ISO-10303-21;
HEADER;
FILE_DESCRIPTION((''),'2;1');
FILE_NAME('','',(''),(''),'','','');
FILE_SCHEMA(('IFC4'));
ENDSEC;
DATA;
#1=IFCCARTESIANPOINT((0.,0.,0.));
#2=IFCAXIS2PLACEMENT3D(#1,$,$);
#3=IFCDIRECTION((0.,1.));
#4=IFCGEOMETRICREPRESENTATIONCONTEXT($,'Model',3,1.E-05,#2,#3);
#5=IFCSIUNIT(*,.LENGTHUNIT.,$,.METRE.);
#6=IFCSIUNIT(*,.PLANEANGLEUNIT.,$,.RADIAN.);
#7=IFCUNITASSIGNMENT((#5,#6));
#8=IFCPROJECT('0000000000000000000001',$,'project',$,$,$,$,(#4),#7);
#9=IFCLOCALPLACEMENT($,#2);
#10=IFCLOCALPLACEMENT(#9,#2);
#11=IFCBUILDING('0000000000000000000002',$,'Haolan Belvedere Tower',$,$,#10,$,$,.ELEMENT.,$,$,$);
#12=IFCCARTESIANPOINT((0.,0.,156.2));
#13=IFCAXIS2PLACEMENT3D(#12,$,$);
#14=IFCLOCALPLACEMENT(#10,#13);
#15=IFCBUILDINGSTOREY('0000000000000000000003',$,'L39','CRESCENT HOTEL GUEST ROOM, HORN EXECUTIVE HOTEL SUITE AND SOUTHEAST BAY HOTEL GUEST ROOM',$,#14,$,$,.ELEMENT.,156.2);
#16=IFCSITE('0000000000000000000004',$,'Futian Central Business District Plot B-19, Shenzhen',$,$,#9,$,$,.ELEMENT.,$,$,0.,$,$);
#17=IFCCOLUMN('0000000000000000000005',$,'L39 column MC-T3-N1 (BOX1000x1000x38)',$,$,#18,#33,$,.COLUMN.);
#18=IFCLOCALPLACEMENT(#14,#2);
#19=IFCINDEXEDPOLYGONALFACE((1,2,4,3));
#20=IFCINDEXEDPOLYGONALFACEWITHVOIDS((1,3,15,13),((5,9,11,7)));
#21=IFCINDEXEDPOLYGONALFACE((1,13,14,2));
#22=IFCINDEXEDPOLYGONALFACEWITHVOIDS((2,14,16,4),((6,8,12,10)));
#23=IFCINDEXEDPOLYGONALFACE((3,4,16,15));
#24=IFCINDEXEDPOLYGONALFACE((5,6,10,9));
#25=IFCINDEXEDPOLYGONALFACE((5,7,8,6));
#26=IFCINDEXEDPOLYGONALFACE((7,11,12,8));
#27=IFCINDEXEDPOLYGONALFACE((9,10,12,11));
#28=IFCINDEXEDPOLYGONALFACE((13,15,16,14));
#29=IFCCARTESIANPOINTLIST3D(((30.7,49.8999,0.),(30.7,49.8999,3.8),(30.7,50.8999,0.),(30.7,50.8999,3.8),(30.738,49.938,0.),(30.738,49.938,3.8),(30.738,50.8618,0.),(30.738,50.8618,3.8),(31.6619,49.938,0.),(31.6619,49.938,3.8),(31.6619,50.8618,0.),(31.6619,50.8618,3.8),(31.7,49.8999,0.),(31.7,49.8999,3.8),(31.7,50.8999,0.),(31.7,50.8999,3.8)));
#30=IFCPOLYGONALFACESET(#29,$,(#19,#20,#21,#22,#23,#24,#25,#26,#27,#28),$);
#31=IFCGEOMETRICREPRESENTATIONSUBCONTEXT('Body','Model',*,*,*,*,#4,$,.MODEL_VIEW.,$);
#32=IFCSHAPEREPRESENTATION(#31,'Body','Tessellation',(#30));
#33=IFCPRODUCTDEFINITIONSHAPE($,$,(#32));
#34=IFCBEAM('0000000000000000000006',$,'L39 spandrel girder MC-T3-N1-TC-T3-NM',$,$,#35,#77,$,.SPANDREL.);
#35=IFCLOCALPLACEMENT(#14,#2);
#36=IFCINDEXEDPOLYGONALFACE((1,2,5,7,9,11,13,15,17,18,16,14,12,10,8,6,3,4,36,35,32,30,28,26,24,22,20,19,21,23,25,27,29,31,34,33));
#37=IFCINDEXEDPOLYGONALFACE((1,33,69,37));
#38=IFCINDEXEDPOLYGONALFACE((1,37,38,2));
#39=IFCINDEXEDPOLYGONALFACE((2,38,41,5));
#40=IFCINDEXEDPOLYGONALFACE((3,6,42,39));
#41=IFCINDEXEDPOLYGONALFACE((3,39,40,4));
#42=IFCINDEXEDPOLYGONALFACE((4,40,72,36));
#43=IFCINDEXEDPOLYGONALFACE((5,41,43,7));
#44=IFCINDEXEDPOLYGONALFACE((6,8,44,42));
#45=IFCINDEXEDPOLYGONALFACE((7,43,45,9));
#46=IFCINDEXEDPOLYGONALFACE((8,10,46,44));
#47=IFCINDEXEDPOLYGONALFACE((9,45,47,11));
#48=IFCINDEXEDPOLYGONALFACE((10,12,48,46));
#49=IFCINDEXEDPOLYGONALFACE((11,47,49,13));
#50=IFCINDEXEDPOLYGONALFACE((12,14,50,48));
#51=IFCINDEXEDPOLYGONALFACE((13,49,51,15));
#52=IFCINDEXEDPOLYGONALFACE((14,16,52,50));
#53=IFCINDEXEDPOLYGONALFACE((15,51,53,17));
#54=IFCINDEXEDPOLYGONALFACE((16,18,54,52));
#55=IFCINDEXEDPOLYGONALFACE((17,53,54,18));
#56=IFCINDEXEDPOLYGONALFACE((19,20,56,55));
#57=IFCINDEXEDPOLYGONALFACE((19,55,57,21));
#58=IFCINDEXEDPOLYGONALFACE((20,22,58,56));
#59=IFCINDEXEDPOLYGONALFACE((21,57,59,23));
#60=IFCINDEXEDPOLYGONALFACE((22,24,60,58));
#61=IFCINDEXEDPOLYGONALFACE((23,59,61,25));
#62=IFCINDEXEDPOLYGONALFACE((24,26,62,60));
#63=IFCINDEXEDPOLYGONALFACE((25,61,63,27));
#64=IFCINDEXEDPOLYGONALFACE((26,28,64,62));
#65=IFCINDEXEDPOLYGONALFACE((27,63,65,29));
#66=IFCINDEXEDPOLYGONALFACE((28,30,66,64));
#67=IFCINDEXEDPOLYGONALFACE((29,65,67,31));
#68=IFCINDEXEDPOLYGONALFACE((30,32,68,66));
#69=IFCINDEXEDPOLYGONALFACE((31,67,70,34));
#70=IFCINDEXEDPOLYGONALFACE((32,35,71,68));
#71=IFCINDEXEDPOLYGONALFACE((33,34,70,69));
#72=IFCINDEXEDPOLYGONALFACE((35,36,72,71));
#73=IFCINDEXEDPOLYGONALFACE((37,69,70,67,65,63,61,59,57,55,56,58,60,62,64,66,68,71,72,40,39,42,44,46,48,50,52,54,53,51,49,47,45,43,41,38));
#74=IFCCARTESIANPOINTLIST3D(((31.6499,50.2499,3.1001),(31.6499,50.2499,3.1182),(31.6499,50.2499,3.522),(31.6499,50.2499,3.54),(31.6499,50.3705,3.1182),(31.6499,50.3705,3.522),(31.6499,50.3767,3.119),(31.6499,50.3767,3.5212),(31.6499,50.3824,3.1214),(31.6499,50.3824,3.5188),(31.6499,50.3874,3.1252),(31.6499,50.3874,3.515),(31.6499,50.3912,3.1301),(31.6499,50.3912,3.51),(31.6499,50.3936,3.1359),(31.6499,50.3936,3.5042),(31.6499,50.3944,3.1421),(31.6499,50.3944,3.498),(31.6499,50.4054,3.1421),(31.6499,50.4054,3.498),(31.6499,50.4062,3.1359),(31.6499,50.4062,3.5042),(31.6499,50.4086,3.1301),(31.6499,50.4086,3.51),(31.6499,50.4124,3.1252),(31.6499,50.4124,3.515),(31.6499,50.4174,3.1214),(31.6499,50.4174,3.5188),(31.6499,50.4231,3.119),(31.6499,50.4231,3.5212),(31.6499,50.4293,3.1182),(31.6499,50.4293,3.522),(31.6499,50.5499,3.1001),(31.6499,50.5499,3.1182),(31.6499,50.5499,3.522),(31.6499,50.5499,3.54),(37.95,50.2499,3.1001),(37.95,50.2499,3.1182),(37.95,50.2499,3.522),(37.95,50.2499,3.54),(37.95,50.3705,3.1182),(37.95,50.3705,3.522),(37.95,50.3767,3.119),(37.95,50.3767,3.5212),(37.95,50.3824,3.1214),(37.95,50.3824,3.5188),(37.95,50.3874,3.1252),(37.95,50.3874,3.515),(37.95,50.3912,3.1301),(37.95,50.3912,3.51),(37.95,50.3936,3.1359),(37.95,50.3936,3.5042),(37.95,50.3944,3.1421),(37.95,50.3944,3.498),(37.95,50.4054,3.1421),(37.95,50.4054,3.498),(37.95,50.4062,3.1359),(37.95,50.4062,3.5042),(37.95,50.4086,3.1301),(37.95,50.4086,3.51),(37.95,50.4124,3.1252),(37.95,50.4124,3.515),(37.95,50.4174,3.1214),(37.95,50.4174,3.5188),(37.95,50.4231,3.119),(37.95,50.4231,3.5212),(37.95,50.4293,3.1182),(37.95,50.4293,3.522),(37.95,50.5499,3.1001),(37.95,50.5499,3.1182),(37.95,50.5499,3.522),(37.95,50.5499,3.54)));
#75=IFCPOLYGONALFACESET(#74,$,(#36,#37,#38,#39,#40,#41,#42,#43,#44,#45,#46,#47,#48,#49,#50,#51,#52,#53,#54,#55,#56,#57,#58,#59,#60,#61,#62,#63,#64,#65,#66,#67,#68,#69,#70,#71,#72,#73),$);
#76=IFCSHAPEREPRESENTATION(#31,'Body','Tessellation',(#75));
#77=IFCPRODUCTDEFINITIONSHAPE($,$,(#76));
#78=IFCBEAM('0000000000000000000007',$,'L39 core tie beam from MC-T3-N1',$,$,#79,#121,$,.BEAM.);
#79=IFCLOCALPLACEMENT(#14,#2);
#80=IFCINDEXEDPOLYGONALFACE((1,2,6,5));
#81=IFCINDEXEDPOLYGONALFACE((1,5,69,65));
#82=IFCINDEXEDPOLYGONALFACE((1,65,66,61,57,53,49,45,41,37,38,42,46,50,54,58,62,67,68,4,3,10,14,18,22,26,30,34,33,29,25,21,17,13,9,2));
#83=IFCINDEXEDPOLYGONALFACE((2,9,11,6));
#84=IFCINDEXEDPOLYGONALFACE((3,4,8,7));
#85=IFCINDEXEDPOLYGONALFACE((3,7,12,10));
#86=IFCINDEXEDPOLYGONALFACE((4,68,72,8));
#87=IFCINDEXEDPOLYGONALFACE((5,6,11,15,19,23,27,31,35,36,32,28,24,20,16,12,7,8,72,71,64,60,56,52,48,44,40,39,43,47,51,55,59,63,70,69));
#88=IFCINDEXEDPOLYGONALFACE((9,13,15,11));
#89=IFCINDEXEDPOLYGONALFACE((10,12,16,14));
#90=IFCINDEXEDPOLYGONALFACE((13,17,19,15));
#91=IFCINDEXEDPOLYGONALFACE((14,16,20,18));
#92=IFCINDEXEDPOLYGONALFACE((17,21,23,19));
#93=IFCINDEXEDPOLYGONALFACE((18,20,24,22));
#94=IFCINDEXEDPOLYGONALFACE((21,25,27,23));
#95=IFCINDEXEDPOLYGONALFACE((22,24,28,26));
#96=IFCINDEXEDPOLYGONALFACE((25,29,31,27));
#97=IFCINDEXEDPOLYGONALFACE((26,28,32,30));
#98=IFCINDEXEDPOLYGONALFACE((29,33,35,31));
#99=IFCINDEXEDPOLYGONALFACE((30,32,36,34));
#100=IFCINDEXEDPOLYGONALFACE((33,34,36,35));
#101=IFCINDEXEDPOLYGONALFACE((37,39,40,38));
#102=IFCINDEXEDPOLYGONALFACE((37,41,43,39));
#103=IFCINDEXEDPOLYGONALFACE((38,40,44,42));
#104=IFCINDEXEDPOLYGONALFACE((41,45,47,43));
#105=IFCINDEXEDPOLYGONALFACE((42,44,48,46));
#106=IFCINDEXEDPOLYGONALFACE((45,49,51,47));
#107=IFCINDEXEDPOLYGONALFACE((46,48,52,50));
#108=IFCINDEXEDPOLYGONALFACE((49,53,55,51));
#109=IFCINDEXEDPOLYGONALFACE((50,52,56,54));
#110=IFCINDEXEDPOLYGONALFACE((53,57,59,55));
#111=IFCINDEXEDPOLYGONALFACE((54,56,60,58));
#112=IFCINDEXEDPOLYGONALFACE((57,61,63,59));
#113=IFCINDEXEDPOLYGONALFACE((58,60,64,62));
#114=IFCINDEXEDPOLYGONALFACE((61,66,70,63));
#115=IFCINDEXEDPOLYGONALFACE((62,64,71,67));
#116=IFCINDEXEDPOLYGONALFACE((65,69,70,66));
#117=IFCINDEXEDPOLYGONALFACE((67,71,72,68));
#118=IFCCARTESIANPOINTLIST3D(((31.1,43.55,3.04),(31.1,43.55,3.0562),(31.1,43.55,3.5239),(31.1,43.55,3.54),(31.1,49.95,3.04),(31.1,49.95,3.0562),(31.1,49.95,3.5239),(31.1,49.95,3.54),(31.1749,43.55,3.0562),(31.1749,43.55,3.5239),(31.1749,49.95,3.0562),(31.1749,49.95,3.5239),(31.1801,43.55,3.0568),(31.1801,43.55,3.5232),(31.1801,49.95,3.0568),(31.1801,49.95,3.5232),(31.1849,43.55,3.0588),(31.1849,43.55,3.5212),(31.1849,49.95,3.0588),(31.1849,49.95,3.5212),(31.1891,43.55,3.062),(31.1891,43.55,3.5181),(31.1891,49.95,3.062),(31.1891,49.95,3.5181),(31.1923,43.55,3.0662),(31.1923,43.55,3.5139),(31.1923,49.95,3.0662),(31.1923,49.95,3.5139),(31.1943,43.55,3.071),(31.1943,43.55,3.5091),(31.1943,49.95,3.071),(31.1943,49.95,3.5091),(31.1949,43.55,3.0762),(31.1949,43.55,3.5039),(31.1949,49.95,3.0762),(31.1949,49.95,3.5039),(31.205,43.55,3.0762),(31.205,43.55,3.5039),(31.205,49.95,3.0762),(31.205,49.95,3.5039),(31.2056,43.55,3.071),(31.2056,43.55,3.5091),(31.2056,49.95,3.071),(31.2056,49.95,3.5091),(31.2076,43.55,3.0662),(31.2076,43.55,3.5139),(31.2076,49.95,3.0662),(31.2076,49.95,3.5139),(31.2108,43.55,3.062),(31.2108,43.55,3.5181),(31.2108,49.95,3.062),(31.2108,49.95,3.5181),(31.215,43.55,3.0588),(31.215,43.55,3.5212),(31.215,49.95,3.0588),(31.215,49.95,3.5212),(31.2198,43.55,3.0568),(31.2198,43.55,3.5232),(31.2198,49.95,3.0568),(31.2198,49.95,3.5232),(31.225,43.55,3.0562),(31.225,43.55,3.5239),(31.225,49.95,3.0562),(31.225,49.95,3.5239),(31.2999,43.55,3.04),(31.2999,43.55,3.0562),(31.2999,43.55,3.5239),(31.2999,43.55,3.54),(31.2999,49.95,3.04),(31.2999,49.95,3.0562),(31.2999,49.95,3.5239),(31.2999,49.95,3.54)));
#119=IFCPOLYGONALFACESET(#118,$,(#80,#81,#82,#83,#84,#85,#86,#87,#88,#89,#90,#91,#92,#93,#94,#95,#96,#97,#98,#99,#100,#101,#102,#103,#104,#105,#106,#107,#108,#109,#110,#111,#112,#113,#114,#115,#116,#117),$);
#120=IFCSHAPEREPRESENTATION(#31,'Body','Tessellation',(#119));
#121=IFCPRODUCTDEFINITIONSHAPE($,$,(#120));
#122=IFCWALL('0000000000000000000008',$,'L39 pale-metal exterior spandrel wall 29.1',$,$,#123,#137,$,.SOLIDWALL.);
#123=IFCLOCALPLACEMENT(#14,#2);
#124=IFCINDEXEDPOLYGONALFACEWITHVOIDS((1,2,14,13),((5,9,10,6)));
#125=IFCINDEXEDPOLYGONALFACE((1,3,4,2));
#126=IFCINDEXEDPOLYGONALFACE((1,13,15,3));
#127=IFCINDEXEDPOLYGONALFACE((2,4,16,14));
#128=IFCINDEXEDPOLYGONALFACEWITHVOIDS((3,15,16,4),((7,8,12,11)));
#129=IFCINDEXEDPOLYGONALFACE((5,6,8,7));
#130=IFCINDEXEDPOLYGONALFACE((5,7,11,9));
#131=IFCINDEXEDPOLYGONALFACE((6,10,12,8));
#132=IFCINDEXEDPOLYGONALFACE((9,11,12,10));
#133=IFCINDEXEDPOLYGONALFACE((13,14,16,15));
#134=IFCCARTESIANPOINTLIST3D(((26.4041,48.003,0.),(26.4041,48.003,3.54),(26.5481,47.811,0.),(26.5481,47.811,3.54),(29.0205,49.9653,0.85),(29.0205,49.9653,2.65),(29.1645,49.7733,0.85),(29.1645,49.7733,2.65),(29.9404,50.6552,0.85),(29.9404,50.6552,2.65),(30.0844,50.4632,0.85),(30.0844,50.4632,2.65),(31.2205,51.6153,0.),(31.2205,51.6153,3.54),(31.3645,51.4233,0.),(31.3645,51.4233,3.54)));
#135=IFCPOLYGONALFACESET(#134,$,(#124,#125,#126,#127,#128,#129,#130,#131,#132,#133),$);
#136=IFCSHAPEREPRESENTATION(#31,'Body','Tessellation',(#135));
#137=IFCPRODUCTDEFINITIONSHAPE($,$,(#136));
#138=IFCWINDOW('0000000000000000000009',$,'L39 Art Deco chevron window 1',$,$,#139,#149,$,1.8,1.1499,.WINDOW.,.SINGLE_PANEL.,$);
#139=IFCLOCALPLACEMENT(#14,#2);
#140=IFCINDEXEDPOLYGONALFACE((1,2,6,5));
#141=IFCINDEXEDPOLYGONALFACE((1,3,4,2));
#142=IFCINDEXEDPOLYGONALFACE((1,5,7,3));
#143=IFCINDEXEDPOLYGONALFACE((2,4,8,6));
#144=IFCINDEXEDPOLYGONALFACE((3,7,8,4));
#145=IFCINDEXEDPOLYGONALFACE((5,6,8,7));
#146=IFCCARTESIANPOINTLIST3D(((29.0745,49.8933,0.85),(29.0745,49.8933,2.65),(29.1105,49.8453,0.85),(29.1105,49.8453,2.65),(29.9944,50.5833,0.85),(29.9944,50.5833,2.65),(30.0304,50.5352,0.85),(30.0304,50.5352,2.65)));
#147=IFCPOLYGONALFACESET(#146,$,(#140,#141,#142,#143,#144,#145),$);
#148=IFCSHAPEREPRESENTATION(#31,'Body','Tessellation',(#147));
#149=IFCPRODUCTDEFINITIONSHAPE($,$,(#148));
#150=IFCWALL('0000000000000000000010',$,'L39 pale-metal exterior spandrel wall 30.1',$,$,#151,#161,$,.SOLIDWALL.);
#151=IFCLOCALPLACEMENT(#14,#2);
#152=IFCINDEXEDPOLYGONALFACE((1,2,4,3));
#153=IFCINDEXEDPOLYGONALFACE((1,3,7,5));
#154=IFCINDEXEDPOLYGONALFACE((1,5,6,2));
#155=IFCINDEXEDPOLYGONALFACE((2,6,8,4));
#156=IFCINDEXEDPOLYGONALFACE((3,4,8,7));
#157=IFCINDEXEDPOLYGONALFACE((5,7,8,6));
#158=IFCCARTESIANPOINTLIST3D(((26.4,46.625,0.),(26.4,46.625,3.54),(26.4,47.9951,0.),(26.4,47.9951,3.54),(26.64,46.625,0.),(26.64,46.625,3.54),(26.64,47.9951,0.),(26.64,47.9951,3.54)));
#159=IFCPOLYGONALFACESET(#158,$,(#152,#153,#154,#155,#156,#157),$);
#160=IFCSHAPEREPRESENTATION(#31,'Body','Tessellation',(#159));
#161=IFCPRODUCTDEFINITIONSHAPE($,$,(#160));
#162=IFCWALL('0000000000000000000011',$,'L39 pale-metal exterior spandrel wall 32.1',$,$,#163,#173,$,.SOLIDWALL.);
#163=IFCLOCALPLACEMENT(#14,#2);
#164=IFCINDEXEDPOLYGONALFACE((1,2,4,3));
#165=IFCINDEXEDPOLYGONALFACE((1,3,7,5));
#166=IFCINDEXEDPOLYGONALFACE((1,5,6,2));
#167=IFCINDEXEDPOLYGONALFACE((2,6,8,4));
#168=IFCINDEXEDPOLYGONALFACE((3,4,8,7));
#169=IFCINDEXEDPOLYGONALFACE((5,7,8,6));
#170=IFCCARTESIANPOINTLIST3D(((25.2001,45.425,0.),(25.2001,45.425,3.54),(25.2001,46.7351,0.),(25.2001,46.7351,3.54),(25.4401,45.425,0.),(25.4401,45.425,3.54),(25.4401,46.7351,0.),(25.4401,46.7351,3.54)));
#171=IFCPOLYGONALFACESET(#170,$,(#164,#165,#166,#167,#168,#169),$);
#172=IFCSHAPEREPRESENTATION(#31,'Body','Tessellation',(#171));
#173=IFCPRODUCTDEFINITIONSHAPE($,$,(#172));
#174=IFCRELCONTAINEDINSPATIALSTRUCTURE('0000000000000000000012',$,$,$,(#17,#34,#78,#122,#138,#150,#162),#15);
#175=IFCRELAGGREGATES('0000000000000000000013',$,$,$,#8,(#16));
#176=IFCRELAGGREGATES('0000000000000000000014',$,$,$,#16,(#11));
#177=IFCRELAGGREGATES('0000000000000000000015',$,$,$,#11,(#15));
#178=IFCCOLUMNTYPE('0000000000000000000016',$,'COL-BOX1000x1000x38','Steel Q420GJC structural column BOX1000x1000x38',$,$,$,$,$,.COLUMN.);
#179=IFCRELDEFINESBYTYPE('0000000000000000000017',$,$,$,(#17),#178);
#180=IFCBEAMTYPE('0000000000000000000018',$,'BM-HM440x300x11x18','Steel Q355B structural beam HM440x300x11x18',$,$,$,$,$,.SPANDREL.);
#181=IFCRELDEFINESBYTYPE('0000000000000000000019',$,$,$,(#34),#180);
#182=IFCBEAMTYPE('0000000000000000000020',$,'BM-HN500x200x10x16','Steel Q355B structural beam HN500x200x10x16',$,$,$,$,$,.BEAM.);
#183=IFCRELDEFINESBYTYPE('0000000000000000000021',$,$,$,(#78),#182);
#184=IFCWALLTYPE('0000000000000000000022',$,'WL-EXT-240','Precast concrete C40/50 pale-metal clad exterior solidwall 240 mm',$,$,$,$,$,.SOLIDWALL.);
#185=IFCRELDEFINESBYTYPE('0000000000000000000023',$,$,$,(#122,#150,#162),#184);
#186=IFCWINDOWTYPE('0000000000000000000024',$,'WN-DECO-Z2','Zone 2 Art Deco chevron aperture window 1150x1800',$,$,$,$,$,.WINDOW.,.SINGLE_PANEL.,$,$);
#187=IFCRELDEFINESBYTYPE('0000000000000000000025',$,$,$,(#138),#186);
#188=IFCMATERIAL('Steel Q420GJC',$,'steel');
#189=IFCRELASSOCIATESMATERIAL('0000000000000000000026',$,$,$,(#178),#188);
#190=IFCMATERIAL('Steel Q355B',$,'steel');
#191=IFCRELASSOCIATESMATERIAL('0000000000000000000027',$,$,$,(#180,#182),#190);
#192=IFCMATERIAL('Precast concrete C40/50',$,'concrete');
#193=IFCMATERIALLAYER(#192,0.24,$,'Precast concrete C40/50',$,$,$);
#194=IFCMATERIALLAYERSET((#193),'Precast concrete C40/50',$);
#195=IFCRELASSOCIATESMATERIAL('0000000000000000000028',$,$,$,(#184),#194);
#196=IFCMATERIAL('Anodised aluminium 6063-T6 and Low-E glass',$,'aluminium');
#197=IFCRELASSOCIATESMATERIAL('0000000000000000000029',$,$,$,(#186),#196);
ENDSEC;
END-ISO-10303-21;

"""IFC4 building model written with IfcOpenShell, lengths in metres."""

from ifc_helpers import new_model, si_unit, direction, frame, frame_2d, origin, origin_2d, place, context, subcontext, project, spatial, rectangle, hollow_rectangle, i_section, extrude, material, layer, layer_set, material_profile, profile_set, type_object, element, fill, save


model = new_model("IFC4")

# Units and contexts
model_context = context("Model", 3, precision=1e-05, world=origin(), true_north=direction((0.0, 1.0)))
body_context = subcontext(model_context, "Body", "Model", "MODEL_VIEW")
ifc_project = project(units=[si_unit("LENGTHUNIT", "METRE"), si_unit("PLANEANGLEUNIT", "RADIAN")], contexts=[model_context])

# Site, building, storey
site_placement = place(None, origin())
site = spatial("IfcSite", under=ifc_project, at=site_placement, Name="Futian Central Business District Plot B-19, Shenzhen", CompositionType="ELEMENT", RefElevation=0.0)
building_placement = place(site_placement, origin())
building = spatial("IfcBuilding", under=site, at=building_placement, Name="Haolan Belvedere Tower", CompositionType="ELEMENT")
storey_placement = place(building_placement, frame((0.0, 0.0, 156.2)))
storey = spatial("IfcBuildingStorey", under=building, at=storey_placement, Name="L39", Description="CRESCENT HOTEL GUEST ROOM, HORN EXECUTIVE HOTEL SUITE AND SOUTHEAST BAY HOTEL GUEST ROOM", CompositionType="ELEMENT", Elevation=156.2)

# Column
ifc_material_1 = material(Name="Steel Q420GJC", Category="steel")
ifc_material_profile_1 = material_profile(ifc_material_1, hollow_rectangle(XDim=1.0, YDim=1.0, WallThickness=0.0381, at=origin_2d()), Name="Steel Q420GJC")
ifc_profile_set_1 = profile_set([ifc_material_profile_1], Name="Steel Q420GJC")
column_type = type_object("IfcColumnType", Name="COL-BOX1000x1000x38", Description="Steel Q420GJC structural column BOX1000x1000x38", PredefinedType="COLUMN", material=ifc_profile_set_1)
column_placement = place(storey_placement, frame((31.2, 50.3999, 0.0), z_axis=(0.0, 0.0, 1.0), x_axis=(1.0, 0.0, 0.0)))
element("IfcColumn", 1, at=column_placement, inside=storey, type_object=column_type, Name="L39 column MC-T3-N1 (BOX1000x1000x38)", PredefinedType="COLUMN", context=body_context, shape_type="SweptSolid", body=[
    extrude(hollow_rectangle(XDim=1.0, YDim=1.0, WallThickness=0.0381, at=origin_2d()), origin(), (0.0, 0.0, 1.0), 3.8),
])

# Beams
ifc_material_2 = material(Name="Steel Q355B", Category="steel")
ifc_material_profile_2 = material_profile(ifc_material_2, i_section(OverallWidth=0.3, OverallDepth=0.4399, WebThickness=0.011, FlangeThickness=0.0181, FilletRadius=0.0239, at=origin_2d()), Name="Steel Q355B")
ifc_profile_set_2 = profile_set([ifc_material_profile_2], Name="Steel Q355B")
beam_type_1 = type_object("IfcBeamType", Name="BM-HM440x300x11x18", Description="Steel Q355B structural beam HM440x300x11x18", PredefinedType="SPANDREL", material=ifc_profile_set_2)
beam_1_placement = place(storey_placement, frame((31.6499, 50.3999, 3.3201), z_axis=(1.0, 0.0, 0.0), x_axis=(0.0, 1.0, 0.0)))
element("IfcBeam", 2, at=beam_1_placement, inside=storey, type_object=beam_type_1, Name="L39 spandrel girder MC-T3-N1-TC-T3-NM", PredefinedType="SPANDREL", context=body_context, shape_type="SweptSolid", body=[
    extrude(i_section(OverallWidth=0.3, OverallDepth=0.4399, WebThickness=0.011, FlangeThickness=0.0181, FilletRadius=0.0239, at=origin_2d()), origin(), (0.0, 0.0, 1.0), 6.3),
])
ifc_material_profile_3 = material_profile(ifc_material_2, i_section(OverallWidth=0.2, OverallDepth=0.5, WebThickness=0.01, FlangeThickness=0.0161, FilletRadius=0.02, at=origin_2d()), Name="Steel Q355B")
ifc_profile_set_3 = profile_set([ifc_material_profile_3], Name="Steel Q355B")
beam_type_2 = type_object("IfcBeamType", Name="BM-HN500x200x10x16", Description="Steel Q355B structural beam HN500x200x10x16", PredefinedType="BEAM", material=ifc_profile_set_3)
beam_2_placement = place(storey_placement, frame((31.2, 49.95, 3.29), z_axis=(0.0, -1.0, 0.0), x_axis=(1.0, 0.0, 0.0)))
element("IfcBeam", 3, at=beam_2_placement, inside=storey, type_object=beam_type_2, Name="L39 core tie beam from MC-T3-N1", PredefinedType="BEAM", context=body_context, shape_type="SweptSolid", body=[
    extrude(i_section(OverallWidth=0.2, OverallDepth=0.5, WebThickness=0.01, FlangeThickness=0.0161, FilletRadius=0.02, at=origin_2d()), origin(), (0.0, 0.0, 1.0), 6.3999),
])

# Wall, opening, window
ifc_material_3 = material(Name="Precast concrete C40/50", Category="concrete")
ifc_layer_1 = layer(ifc_material_3, 0.24, Name="Precast concrete C40/50")
ifc_layer_set_1 = layer_set([ifc_layer_1], Name="Precast concrete C40/50")
wall_type_1 = type_object("IfcWallType", Name="WL-EXT-240", Description="Precast concrete C40/50 pale-metal clad exterior solidwall 240 mm", PredefinedType="SOLIDWALL", material=ifc_layer_set_1)
wall_1_placement = place(storey_placement, frame((31.2925, 51.5193, 0.0), z_axis=(0.0, 0.0, 1.0), x_axis=(-0.8, -0.6, 0.0)))
wall_1 = element("IfcWall", 4, at=wall_1_placement, inside=storey, type_object=wall_type_1, Name="L39 pale-metal exterior spandrel wall 29.1", PredefinedType="SOLIDWALL", context=body_context, shape_type="SweptSolid", body=[
    extrude(rectangle(XDim=6.0205, YDim=0.24, at=frame_2d((3.0103, 0.0))), origin(), (0.0, 0.0, 1.0), 3.54),
])
opening_1_placement = place(wall_1_placement, frame((1.6001, 0.0, 0.8501)))
opening_1 = element("IfcOpeningElement", 5, at=opening_1_placement, cuts=wall_1, PredefinedType="OPENING", context=body_context, shape_type="SweptSolid", body=[
    extrude(rectangle(XDim=1.1499, YDim=1.8, at=frame_2d((0.575, 0.8999))), frame((0.0, 0.1299, 0.0), z_axis=(0.0, -1.0, 0.0), x_axis=(1.0, 0.0, 0.0)), (0.0, 0.0, 1.0), 0.26),
])
ifc_material_4 = material(Name="Anodised aluminium 6063-T6 and Low-E glass", Category="aluminium")
window_type = type_object("IfcWindowType", Name="WN-DECO-Z2", Description="Zone 2 Art Deco chevron aperture window 1150x1800", PartitioningType="SINGLE_PANEL", PredefinedType="WINDOW", material=ifc_material_4)
window_placement = place(opening_1_placement, origin())
window = element("IfcWindow", 6, at=window_placement, inside=storey, type_object=window_type, Name="L39 Art Deco chevron window 1", OverallHeight=1.8, OverallWidth=1.1499, PartitioningType="SINGLE_PANEL", PredefinedType="WINDOW", context=body_context, shape_type="SweptSolid", body=[
    extrude(rectangle(XDim=1.1499, YDim=1.8, at=frame_2d((0.575, 0.8999))), frame((0.0, 0.03, 0.0), z_axis=(0.0, -1.0, 0.0), x_axis=(1.0, 0.0, 0.0)), (0.0, 0.0, 1.0), 0.0601),
])
fill(opening_1, window)

# Walls
wall_2_placement = place(storey_placement, frame((26.52, 47.9951, 0.0), z_axis=(0.0, 0.0, 1.0), x_axis=(0.0, -1.0, 0.0)))
element("IfcWall", 7, at=wall_2_placement, inside=storey, type_object=wall_type_1, Name="L39 pale-metal exterior spandrel wall 30.1", PredefinedType="SOLIDWALL", context=body_context, shape_type="SweptSolid", body=[
    extrude(rectangle(XDim=1.3701, YDim=0.24, at=frame_2d((0.6851, 0.0))), origin(), (0.0, 0.0, 1.0), 3.54),
])
wall_3_placement = place(storey_placement, frame((25.3201, 46.7351, 0.0), z_axis=(0.0, 0.0, 1.0), x_axis=(0.0, -1.0, 0.0)))
element("IfcWall", 8, at=wall_3_placement, inside=storey, type_object=wall_type_1, Name="L39 pale-metal exterior spandrel wall 32.1", PredefinedType="SOLIDWALL", context=body_context, shape_type="SweptSolid", body=[
    extrude(rectangle(XDim=1.3101, YDim=0.24, at=frame_2d((0.655, 0.0))), origin(), (0.0, 0.0, 1.0), 3.54),
])

save(model, "model.ifc")
